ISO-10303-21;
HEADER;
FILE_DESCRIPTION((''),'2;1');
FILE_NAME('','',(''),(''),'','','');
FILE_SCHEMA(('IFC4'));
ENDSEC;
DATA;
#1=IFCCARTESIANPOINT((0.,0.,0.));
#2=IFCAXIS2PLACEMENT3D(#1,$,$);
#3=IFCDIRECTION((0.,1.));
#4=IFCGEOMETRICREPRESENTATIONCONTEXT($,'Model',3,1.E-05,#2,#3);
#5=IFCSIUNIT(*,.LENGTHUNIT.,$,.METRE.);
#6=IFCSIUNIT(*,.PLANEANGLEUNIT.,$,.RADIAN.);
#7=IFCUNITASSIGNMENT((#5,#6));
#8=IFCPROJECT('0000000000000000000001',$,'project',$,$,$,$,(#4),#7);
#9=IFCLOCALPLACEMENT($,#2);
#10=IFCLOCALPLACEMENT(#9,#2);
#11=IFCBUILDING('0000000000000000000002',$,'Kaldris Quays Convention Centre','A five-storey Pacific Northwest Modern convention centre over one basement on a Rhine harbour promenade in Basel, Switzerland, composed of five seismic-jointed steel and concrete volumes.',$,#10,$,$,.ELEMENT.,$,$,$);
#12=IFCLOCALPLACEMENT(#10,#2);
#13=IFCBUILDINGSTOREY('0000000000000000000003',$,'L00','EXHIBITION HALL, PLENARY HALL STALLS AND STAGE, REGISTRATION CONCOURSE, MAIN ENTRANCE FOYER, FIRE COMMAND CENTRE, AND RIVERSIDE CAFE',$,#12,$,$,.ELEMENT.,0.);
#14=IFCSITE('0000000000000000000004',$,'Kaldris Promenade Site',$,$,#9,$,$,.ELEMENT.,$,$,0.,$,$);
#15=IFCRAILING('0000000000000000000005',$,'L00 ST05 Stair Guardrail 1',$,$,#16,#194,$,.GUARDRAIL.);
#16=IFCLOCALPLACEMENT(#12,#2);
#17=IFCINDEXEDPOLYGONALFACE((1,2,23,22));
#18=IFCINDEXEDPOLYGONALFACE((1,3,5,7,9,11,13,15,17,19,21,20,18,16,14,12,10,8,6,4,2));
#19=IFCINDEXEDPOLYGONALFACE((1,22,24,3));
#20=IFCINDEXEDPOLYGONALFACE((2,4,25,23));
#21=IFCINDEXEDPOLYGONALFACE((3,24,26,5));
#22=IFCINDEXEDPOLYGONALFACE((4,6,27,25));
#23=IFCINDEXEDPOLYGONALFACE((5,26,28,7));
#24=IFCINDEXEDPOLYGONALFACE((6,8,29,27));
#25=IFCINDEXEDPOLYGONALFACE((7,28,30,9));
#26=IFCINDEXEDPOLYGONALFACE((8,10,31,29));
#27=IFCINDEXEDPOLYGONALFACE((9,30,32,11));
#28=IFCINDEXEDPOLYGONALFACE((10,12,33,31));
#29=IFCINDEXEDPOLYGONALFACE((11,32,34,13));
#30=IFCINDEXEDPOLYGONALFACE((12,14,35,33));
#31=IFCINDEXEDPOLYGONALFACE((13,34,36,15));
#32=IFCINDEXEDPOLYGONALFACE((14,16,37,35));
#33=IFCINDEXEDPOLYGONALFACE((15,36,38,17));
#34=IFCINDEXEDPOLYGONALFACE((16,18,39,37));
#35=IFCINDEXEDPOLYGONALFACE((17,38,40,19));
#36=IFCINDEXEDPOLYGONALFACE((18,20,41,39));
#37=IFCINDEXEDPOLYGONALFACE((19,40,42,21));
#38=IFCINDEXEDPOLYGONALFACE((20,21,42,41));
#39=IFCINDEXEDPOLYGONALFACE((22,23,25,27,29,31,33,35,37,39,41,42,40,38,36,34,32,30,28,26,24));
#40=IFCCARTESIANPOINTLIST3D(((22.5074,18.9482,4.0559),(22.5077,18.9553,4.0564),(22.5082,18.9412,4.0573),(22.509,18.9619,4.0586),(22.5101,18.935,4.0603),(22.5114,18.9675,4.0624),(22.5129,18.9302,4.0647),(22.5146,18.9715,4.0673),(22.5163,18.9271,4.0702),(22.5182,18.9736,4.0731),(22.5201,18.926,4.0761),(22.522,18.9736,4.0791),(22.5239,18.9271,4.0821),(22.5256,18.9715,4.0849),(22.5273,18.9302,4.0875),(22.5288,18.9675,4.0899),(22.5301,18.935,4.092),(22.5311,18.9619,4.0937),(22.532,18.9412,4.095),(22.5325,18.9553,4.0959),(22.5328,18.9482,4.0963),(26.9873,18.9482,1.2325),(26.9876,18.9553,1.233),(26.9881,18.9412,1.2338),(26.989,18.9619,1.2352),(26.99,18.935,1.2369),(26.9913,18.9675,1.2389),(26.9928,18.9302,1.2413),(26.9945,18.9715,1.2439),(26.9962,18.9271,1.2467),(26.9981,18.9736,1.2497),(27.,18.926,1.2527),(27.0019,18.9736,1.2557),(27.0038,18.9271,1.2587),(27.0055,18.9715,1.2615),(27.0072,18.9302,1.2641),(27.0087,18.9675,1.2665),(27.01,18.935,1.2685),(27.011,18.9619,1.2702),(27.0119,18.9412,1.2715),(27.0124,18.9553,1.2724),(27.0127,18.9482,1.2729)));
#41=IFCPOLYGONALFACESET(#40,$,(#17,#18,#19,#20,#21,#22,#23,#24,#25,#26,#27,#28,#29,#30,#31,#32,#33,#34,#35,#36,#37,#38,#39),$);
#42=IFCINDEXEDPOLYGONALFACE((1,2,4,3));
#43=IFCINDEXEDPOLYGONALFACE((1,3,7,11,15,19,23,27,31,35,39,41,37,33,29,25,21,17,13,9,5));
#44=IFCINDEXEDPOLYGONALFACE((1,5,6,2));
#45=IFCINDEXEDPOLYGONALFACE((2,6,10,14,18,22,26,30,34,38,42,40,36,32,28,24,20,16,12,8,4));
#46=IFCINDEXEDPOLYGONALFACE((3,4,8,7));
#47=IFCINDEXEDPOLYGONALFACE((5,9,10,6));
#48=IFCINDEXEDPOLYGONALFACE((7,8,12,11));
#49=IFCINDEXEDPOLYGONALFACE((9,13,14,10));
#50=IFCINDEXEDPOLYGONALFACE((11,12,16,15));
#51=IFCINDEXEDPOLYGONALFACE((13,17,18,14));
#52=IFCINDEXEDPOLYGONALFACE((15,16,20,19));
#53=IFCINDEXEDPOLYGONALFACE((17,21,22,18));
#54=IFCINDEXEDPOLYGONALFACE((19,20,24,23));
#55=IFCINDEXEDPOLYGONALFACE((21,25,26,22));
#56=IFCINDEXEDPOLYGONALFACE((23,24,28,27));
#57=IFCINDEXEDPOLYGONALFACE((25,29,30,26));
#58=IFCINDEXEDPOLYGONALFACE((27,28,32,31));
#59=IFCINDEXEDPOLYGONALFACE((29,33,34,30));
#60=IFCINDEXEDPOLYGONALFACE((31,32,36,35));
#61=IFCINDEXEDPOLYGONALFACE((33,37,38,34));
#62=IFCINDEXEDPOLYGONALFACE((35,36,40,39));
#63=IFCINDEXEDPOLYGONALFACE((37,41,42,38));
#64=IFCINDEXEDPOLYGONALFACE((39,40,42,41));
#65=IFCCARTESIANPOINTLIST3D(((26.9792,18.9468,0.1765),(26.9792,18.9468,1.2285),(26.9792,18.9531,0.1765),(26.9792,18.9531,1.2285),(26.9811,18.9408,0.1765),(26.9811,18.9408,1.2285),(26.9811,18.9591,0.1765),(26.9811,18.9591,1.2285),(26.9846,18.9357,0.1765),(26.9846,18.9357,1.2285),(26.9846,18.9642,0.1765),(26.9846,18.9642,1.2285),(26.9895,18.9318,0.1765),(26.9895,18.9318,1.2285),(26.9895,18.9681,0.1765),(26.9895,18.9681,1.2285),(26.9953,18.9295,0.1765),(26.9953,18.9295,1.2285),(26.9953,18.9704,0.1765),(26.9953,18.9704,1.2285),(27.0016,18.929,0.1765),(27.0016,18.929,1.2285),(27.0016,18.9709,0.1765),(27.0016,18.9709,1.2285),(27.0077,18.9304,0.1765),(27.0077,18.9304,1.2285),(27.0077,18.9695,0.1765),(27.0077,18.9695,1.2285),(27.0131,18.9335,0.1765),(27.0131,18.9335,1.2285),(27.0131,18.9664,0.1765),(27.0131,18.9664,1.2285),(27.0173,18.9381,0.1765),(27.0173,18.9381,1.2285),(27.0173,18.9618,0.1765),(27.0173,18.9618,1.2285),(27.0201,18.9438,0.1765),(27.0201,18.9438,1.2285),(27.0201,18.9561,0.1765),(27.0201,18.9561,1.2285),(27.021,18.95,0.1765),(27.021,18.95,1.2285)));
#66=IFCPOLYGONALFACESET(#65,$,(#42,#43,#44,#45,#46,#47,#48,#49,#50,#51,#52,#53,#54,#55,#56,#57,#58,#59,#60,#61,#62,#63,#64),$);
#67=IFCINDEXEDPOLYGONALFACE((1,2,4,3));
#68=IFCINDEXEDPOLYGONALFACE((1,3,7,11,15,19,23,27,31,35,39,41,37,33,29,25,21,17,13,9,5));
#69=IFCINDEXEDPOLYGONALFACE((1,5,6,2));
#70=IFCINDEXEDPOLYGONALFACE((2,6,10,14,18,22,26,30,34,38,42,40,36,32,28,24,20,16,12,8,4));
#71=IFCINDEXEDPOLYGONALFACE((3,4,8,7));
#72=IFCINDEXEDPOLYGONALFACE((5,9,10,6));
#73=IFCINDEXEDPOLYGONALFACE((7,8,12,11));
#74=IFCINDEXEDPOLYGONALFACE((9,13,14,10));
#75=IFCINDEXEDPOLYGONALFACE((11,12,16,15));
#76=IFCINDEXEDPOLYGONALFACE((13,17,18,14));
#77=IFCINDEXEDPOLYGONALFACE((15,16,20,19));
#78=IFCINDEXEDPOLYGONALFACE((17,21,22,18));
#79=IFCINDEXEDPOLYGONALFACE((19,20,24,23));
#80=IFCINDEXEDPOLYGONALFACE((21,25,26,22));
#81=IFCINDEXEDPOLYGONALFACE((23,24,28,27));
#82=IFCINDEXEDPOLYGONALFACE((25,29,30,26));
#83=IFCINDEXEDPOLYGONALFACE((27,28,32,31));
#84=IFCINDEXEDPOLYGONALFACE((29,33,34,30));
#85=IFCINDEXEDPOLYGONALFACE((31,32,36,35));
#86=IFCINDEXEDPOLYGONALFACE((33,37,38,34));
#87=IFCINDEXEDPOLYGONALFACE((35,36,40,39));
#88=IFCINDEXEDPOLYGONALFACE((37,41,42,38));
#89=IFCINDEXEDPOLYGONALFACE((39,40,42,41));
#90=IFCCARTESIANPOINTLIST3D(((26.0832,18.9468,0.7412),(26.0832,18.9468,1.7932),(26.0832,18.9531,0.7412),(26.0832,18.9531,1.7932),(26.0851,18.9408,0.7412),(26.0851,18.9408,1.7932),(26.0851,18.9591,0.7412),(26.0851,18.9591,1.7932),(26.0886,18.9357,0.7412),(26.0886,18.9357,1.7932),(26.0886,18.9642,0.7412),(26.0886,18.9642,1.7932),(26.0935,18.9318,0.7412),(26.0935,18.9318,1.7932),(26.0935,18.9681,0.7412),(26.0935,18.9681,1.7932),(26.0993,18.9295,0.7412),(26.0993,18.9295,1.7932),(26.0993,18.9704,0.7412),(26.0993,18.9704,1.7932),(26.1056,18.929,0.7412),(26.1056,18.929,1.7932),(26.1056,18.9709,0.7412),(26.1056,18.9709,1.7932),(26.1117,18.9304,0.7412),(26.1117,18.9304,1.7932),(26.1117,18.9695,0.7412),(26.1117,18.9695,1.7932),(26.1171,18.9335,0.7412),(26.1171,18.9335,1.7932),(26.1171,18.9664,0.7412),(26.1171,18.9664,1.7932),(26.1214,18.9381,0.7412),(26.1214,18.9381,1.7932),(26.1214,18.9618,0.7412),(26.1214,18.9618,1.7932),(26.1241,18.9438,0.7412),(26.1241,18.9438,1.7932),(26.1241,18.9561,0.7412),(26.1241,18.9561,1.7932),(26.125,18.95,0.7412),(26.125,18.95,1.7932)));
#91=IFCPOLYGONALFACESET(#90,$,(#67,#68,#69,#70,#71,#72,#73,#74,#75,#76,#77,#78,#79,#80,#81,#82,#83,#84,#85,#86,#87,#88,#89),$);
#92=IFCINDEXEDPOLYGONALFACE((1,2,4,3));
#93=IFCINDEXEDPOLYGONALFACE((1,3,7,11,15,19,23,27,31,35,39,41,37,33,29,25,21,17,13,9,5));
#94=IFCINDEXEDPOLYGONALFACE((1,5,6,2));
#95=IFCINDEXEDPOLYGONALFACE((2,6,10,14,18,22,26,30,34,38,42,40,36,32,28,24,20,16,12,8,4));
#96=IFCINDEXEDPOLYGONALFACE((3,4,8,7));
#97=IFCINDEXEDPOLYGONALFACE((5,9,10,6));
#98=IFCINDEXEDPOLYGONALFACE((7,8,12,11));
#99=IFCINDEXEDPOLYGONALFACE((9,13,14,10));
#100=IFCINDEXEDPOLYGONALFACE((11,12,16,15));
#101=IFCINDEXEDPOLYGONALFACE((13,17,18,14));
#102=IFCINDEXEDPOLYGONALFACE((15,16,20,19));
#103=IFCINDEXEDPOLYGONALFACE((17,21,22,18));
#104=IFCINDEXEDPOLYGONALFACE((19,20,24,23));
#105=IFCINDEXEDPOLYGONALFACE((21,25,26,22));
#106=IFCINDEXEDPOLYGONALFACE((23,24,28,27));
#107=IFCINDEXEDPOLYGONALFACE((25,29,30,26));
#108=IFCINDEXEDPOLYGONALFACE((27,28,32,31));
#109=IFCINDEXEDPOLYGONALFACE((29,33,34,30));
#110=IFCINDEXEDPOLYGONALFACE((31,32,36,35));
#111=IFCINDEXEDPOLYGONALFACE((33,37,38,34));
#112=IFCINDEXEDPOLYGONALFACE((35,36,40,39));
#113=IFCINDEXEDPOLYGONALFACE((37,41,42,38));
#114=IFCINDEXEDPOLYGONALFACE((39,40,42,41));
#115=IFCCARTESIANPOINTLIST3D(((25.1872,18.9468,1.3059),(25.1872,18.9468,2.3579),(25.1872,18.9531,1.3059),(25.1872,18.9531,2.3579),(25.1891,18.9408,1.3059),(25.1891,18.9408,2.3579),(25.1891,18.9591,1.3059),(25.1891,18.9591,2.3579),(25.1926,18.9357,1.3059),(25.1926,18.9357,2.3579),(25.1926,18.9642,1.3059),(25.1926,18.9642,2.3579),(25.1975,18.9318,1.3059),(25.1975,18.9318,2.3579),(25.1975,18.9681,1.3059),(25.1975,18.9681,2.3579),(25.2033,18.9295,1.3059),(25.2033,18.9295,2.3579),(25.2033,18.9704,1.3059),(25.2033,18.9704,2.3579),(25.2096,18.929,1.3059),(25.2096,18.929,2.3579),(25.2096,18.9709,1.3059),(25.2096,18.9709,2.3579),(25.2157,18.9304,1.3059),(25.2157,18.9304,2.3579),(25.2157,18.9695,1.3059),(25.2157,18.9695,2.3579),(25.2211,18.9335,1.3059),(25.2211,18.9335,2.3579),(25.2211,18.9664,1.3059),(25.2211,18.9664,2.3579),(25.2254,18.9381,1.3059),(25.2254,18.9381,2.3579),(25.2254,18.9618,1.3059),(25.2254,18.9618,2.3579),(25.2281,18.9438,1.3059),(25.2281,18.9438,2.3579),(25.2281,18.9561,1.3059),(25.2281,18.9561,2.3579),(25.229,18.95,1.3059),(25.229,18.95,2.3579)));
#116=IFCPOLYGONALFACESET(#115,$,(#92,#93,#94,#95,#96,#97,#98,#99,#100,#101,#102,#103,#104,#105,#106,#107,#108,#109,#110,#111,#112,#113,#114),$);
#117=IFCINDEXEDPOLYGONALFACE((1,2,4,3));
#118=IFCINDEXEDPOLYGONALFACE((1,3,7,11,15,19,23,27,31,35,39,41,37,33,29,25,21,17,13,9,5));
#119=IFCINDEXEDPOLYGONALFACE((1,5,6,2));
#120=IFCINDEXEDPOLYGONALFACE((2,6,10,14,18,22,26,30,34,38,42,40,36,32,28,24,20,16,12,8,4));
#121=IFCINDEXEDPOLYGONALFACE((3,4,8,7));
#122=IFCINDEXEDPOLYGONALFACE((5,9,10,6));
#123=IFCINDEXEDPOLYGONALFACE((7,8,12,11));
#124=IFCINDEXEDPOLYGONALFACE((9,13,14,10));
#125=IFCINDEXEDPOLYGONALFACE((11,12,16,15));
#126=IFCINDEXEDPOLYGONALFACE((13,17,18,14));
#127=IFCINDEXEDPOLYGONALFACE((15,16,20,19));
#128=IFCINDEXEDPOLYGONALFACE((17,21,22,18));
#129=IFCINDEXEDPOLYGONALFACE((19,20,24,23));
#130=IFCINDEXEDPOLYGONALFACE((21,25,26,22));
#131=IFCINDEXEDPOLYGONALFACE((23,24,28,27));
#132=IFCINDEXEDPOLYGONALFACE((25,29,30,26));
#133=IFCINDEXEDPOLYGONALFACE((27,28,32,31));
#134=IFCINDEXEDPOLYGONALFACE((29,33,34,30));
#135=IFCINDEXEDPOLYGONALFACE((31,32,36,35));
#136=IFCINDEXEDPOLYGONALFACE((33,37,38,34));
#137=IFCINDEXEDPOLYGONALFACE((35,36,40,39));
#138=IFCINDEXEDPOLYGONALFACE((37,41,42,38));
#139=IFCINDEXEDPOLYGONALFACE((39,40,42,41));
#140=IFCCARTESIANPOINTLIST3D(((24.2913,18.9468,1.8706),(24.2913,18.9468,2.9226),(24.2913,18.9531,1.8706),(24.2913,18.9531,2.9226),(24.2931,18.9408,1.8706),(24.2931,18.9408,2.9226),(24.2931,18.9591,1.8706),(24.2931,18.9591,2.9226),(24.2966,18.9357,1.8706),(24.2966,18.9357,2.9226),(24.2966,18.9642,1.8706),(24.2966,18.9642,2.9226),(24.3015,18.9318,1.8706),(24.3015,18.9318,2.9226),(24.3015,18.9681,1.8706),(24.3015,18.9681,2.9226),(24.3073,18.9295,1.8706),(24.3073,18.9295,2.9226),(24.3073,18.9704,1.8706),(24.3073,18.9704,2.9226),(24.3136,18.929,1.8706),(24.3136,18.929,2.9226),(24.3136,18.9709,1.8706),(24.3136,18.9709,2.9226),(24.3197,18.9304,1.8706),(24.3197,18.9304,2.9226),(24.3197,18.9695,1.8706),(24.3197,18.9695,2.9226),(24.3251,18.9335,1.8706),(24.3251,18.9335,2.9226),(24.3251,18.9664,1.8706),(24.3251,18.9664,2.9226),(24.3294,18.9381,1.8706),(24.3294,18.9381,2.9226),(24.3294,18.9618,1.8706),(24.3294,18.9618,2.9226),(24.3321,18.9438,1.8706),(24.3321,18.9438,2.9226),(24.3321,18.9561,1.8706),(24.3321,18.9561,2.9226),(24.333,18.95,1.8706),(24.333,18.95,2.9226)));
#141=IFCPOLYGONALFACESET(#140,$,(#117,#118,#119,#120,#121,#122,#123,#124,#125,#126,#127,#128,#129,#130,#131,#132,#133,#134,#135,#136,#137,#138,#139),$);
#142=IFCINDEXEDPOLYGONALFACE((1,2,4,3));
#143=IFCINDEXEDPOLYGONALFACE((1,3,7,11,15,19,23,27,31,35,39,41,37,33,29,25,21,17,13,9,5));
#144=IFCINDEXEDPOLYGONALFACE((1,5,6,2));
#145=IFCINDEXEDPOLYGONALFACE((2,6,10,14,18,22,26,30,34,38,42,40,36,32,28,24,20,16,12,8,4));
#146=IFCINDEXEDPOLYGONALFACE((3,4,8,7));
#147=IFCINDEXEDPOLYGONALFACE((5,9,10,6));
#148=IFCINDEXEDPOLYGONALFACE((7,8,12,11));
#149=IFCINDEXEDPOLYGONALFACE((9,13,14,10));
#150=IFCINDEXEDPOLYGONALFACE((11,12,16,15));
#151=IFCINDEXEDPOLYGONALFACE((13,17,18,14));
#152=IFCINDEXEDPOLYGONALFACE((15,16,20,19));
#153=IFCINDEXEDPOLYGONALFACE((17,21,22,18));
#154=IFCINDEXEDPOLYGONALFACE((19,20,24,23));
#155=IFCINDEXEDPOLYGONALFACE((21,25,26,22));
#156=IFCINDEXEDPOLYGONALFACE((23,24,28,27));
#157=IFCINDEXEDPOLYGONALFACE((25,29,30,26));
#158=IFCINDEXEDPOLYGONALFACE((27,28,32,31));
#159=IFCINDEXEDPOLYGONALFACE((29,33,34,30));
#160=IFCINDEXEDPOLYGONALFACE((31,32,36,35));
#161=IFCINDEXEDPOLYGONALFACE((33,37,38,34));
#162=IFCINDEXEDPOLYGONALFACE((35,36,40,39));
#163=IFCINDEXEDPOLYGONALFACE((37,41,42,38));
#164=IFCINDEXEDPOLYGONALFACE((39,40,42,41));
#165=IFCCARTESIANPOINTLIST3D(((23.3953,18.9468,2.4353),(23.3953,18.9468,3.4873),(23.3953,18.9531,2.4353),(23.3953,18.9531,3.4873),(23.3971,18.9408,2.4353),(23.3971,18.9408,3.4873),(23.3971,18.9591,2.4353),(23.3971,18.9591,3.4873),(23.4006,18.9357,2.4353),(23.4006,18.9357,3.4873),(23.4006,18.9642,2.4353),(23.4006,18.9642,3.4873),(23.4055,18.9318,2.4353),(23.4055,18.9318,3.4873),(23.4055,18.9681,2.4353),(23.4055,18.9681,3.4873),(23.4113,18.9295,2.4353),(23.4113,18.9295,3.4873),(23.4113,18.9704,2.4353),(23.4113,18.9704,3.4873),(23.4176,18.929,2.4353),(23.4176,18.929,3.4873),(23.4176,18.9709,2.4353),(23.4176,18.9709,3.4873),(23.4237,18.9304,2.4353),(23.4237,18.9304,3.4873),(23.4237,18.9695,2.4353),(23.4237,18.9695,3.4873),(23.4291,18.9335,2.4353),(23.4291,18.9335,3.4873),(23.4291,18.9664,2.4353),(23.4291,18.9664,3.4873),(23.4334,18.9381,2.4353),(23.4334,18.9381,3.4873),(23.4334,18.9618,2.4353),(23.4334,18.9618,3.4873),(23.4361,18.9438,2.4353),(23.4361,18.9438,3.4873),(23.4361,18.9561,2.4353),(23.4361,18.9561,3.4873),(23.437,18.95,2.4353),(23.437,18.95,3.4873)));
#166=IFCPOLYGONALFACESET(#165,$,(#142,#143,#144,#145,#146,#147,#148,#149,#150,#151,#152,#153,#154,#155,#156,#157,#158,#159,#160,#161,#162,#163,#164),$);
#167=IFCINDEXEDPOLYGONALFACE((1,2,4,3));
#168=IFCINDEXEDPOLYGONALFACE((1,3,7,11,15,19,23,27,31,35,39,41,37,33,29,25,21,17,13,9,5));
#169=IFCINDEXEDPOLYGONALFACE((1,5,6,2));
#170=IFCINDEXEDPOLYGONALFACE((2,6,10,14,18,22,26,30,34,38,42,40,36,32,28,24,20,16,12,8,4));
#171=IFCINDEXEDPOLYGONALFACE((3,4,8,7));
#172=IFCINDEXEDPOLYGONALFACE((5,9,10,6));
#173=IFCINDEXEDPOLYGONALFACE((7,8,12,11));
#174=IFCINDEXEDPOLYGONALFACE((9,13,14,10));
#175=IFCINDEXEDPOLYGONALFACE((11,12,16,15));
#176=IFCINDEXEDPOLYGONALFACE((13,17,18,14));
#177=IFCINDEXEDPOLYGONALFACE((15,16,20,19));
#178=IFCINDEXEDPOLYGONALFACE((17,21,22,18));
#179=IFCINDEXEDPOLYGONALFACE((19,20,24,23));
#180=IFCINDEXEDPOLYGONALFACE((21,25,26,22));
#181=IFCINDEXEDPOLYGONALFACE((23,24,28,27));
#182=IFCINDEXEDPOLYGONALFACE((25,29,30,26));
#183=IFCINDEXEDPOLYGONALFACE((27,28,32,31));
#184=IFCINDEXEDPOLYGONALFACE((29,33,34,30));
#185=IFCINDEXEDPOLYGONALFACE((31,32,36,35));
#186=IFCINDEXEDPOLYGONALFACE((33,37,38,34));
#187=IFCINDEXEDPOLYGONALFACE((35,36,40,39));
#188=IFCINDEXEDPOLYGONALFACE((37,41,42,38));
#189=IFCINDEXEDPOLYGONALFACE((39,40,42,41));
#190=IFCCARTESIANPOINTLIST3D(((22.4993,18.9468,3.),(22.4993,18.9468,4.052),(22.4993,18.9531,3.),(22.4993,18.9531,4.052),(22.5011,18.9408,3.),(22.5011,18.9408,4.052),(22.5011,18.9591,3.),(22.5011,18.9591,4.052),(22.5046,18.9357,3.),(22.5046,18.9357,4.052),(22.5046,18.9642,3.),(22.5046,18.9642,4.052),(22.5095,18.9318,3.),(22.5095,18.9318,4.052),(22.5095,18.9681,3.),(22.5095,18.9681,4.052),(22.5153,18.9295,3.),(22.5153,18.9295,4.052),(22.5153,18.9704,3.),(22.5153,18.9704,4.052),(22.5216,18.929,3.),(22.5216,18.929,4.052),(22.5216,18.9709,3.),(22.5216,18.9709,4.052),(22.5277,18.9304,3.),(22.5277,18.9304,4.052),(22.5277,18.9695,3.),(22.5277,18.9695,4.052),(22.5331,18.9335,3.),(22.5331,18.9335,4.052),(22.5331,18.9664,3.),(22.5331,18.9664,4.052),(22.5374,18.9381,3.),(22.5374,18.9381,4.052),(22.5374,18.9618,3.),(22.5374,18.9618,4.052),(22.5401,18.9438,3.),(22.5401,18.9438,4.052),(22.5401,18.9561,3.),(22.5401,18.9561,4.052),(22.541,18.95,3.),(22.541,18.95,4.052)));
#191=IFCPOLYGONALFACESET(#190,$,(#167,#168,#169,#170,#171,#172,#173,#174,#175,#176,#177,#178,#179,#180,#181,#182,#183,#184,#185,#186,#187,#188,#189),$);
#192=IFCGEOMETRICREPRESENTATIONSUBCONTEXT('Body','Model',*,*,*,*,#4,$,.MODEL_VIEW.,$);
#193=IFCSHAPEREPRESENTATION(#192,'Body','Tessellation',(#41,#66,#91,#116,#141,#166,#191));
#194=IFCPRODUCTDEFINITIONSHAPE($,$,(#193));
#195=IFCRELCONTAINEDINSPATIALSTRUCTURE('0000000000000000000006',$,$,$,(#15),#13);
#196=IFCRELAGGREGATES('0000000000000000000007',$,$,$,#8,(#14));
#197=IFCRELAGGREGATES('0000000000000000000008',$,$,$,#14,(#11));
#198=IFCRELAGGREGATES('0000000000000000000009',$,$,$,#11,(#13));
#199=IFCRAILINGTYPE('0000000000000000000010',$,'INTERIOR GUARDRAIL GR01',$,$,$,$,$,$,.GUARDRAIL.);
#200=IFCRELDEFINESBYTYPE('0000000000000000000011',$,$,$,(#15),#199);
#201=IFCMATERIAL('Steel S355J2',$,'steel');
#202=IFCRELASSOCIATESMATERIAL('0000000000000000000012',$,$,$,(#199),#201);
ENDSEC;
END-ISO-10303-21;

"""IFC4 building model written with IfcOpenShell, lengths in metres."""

from ifc_helpers import new_model, si_unit, direction, frame, origin, origin_2d, place, context, subcontext, project, spatial, circle, extrude, material, type_object, element, save


model = new_model("IFC4")

# Units and contexts
model_context = context("Model", 3, precision=1e-05, world=origin(), true_north=direction((0.0, 1.0)))
body_context = subcontext(model_context, "Body", "Model", "MODEL_VIEW")
ifc_project = project(units=[si_unit("LENGTHUNIT", "METRE"), si_unit("PLANEANGLEUNIT", "RADIAN")], contexts=[model_context])

# Site, building, storey
site_placement = place(None, origin())
site = spatial("IfcSite", under=ifc_project, at=site_placement, Name="Kaldris Promenade Site", CompositionType="ELEMENT", RefElevation=0.0)
building_placement = place(site_placement, origin())
building = spatial("IfcBuilding", under=site, at=building_placement, Name="Kaldris Quays Convention Centre", Description="A five-storey Pacific Northwest Modern convention centre over one basement on a Rhine harbour promenade in Basel, Switzerland, composed of five seismic-jointed steel and concrete volumes.", CompositionType="ELEMENT")
storey_placement = place(building_placement, origin())
storey = spatial("IfcBuildingStorey", under=building, at=storey_placement, Name="L00", Description="EXHIBITION HALL, PLENARY HALL STALLS AND STAGE, REGISTRATION CONCOURSE, MAIN ENTRANCE FOYER, FIRE COMMAND CENTRE, AND RIVERSIDE CAFE", CompositionType="ELEMENT", Elevation=0.0)

# Shared definitions
ifc_material_1 = material(Name="Steel S355J2", Category="steel")

# Railing
railing_type_1 = type_object("IfcRailingType", Name="INTERIOR GUARDRAIL GR01", PredefinedType="GUARDRAIL", material=ifc_material_1)
railing_1_placement = place(storey_placement, frame((27.0, 18.95, 0.1765)))
element("IfcRailing", 1, at=railing_1_placement, inside=storey, type_object=railing_type_1, Name="L00 ST05 Stair Guardrail 1", PredefinedType="GUARDRAIL", context=body_context, shape_type="SweptSolid", body=[
    extrude(circle(Radius=0.0239, at=origin_2d()), frame((0.0, 0.0, 1.0762), z_axis=(-0.845998, 0.0, 0.533186), x_axis=(0.0, -1.0, 0.0)), (0.0, 0.0, 1.0), 5.2954),
    extrude(circle(Radius=0.021, at=origin_2d()), origin(), (0.0, 0.0, 1.0), 1.052),
    extrude(circle(Radius=0.021, at=origin_2d()), frame((-0.896, 0.0, 0.5647)), (0.0, 0.0, 1.0), 1.052),
    extrude(circle(Radius=0.021, at=origin_2d()), frame((-1.792, 0.0, 1.1294)), (0.0, 0.0, 1.0), 1.052),
    extrude(circle(Radius=0.021, at=origin_2d()), frame((-2.688, 0.0, 1.6941)), (0.0, 0.0, 1.0), 1.052),
    extrude(circle(Radius=0.021, at=origin_2d()), frame((-3.584, 0.0, 2.2588)), (0.0, 0.0, 1.0), 1.052),
    extrude(circle(Radius=0.021, at=origin_2d()), frame((-4.48, 0.0, 2.8235)), (0.0, 0.0, 1.0), 1.052),
])

save(model, "model.ifc")
